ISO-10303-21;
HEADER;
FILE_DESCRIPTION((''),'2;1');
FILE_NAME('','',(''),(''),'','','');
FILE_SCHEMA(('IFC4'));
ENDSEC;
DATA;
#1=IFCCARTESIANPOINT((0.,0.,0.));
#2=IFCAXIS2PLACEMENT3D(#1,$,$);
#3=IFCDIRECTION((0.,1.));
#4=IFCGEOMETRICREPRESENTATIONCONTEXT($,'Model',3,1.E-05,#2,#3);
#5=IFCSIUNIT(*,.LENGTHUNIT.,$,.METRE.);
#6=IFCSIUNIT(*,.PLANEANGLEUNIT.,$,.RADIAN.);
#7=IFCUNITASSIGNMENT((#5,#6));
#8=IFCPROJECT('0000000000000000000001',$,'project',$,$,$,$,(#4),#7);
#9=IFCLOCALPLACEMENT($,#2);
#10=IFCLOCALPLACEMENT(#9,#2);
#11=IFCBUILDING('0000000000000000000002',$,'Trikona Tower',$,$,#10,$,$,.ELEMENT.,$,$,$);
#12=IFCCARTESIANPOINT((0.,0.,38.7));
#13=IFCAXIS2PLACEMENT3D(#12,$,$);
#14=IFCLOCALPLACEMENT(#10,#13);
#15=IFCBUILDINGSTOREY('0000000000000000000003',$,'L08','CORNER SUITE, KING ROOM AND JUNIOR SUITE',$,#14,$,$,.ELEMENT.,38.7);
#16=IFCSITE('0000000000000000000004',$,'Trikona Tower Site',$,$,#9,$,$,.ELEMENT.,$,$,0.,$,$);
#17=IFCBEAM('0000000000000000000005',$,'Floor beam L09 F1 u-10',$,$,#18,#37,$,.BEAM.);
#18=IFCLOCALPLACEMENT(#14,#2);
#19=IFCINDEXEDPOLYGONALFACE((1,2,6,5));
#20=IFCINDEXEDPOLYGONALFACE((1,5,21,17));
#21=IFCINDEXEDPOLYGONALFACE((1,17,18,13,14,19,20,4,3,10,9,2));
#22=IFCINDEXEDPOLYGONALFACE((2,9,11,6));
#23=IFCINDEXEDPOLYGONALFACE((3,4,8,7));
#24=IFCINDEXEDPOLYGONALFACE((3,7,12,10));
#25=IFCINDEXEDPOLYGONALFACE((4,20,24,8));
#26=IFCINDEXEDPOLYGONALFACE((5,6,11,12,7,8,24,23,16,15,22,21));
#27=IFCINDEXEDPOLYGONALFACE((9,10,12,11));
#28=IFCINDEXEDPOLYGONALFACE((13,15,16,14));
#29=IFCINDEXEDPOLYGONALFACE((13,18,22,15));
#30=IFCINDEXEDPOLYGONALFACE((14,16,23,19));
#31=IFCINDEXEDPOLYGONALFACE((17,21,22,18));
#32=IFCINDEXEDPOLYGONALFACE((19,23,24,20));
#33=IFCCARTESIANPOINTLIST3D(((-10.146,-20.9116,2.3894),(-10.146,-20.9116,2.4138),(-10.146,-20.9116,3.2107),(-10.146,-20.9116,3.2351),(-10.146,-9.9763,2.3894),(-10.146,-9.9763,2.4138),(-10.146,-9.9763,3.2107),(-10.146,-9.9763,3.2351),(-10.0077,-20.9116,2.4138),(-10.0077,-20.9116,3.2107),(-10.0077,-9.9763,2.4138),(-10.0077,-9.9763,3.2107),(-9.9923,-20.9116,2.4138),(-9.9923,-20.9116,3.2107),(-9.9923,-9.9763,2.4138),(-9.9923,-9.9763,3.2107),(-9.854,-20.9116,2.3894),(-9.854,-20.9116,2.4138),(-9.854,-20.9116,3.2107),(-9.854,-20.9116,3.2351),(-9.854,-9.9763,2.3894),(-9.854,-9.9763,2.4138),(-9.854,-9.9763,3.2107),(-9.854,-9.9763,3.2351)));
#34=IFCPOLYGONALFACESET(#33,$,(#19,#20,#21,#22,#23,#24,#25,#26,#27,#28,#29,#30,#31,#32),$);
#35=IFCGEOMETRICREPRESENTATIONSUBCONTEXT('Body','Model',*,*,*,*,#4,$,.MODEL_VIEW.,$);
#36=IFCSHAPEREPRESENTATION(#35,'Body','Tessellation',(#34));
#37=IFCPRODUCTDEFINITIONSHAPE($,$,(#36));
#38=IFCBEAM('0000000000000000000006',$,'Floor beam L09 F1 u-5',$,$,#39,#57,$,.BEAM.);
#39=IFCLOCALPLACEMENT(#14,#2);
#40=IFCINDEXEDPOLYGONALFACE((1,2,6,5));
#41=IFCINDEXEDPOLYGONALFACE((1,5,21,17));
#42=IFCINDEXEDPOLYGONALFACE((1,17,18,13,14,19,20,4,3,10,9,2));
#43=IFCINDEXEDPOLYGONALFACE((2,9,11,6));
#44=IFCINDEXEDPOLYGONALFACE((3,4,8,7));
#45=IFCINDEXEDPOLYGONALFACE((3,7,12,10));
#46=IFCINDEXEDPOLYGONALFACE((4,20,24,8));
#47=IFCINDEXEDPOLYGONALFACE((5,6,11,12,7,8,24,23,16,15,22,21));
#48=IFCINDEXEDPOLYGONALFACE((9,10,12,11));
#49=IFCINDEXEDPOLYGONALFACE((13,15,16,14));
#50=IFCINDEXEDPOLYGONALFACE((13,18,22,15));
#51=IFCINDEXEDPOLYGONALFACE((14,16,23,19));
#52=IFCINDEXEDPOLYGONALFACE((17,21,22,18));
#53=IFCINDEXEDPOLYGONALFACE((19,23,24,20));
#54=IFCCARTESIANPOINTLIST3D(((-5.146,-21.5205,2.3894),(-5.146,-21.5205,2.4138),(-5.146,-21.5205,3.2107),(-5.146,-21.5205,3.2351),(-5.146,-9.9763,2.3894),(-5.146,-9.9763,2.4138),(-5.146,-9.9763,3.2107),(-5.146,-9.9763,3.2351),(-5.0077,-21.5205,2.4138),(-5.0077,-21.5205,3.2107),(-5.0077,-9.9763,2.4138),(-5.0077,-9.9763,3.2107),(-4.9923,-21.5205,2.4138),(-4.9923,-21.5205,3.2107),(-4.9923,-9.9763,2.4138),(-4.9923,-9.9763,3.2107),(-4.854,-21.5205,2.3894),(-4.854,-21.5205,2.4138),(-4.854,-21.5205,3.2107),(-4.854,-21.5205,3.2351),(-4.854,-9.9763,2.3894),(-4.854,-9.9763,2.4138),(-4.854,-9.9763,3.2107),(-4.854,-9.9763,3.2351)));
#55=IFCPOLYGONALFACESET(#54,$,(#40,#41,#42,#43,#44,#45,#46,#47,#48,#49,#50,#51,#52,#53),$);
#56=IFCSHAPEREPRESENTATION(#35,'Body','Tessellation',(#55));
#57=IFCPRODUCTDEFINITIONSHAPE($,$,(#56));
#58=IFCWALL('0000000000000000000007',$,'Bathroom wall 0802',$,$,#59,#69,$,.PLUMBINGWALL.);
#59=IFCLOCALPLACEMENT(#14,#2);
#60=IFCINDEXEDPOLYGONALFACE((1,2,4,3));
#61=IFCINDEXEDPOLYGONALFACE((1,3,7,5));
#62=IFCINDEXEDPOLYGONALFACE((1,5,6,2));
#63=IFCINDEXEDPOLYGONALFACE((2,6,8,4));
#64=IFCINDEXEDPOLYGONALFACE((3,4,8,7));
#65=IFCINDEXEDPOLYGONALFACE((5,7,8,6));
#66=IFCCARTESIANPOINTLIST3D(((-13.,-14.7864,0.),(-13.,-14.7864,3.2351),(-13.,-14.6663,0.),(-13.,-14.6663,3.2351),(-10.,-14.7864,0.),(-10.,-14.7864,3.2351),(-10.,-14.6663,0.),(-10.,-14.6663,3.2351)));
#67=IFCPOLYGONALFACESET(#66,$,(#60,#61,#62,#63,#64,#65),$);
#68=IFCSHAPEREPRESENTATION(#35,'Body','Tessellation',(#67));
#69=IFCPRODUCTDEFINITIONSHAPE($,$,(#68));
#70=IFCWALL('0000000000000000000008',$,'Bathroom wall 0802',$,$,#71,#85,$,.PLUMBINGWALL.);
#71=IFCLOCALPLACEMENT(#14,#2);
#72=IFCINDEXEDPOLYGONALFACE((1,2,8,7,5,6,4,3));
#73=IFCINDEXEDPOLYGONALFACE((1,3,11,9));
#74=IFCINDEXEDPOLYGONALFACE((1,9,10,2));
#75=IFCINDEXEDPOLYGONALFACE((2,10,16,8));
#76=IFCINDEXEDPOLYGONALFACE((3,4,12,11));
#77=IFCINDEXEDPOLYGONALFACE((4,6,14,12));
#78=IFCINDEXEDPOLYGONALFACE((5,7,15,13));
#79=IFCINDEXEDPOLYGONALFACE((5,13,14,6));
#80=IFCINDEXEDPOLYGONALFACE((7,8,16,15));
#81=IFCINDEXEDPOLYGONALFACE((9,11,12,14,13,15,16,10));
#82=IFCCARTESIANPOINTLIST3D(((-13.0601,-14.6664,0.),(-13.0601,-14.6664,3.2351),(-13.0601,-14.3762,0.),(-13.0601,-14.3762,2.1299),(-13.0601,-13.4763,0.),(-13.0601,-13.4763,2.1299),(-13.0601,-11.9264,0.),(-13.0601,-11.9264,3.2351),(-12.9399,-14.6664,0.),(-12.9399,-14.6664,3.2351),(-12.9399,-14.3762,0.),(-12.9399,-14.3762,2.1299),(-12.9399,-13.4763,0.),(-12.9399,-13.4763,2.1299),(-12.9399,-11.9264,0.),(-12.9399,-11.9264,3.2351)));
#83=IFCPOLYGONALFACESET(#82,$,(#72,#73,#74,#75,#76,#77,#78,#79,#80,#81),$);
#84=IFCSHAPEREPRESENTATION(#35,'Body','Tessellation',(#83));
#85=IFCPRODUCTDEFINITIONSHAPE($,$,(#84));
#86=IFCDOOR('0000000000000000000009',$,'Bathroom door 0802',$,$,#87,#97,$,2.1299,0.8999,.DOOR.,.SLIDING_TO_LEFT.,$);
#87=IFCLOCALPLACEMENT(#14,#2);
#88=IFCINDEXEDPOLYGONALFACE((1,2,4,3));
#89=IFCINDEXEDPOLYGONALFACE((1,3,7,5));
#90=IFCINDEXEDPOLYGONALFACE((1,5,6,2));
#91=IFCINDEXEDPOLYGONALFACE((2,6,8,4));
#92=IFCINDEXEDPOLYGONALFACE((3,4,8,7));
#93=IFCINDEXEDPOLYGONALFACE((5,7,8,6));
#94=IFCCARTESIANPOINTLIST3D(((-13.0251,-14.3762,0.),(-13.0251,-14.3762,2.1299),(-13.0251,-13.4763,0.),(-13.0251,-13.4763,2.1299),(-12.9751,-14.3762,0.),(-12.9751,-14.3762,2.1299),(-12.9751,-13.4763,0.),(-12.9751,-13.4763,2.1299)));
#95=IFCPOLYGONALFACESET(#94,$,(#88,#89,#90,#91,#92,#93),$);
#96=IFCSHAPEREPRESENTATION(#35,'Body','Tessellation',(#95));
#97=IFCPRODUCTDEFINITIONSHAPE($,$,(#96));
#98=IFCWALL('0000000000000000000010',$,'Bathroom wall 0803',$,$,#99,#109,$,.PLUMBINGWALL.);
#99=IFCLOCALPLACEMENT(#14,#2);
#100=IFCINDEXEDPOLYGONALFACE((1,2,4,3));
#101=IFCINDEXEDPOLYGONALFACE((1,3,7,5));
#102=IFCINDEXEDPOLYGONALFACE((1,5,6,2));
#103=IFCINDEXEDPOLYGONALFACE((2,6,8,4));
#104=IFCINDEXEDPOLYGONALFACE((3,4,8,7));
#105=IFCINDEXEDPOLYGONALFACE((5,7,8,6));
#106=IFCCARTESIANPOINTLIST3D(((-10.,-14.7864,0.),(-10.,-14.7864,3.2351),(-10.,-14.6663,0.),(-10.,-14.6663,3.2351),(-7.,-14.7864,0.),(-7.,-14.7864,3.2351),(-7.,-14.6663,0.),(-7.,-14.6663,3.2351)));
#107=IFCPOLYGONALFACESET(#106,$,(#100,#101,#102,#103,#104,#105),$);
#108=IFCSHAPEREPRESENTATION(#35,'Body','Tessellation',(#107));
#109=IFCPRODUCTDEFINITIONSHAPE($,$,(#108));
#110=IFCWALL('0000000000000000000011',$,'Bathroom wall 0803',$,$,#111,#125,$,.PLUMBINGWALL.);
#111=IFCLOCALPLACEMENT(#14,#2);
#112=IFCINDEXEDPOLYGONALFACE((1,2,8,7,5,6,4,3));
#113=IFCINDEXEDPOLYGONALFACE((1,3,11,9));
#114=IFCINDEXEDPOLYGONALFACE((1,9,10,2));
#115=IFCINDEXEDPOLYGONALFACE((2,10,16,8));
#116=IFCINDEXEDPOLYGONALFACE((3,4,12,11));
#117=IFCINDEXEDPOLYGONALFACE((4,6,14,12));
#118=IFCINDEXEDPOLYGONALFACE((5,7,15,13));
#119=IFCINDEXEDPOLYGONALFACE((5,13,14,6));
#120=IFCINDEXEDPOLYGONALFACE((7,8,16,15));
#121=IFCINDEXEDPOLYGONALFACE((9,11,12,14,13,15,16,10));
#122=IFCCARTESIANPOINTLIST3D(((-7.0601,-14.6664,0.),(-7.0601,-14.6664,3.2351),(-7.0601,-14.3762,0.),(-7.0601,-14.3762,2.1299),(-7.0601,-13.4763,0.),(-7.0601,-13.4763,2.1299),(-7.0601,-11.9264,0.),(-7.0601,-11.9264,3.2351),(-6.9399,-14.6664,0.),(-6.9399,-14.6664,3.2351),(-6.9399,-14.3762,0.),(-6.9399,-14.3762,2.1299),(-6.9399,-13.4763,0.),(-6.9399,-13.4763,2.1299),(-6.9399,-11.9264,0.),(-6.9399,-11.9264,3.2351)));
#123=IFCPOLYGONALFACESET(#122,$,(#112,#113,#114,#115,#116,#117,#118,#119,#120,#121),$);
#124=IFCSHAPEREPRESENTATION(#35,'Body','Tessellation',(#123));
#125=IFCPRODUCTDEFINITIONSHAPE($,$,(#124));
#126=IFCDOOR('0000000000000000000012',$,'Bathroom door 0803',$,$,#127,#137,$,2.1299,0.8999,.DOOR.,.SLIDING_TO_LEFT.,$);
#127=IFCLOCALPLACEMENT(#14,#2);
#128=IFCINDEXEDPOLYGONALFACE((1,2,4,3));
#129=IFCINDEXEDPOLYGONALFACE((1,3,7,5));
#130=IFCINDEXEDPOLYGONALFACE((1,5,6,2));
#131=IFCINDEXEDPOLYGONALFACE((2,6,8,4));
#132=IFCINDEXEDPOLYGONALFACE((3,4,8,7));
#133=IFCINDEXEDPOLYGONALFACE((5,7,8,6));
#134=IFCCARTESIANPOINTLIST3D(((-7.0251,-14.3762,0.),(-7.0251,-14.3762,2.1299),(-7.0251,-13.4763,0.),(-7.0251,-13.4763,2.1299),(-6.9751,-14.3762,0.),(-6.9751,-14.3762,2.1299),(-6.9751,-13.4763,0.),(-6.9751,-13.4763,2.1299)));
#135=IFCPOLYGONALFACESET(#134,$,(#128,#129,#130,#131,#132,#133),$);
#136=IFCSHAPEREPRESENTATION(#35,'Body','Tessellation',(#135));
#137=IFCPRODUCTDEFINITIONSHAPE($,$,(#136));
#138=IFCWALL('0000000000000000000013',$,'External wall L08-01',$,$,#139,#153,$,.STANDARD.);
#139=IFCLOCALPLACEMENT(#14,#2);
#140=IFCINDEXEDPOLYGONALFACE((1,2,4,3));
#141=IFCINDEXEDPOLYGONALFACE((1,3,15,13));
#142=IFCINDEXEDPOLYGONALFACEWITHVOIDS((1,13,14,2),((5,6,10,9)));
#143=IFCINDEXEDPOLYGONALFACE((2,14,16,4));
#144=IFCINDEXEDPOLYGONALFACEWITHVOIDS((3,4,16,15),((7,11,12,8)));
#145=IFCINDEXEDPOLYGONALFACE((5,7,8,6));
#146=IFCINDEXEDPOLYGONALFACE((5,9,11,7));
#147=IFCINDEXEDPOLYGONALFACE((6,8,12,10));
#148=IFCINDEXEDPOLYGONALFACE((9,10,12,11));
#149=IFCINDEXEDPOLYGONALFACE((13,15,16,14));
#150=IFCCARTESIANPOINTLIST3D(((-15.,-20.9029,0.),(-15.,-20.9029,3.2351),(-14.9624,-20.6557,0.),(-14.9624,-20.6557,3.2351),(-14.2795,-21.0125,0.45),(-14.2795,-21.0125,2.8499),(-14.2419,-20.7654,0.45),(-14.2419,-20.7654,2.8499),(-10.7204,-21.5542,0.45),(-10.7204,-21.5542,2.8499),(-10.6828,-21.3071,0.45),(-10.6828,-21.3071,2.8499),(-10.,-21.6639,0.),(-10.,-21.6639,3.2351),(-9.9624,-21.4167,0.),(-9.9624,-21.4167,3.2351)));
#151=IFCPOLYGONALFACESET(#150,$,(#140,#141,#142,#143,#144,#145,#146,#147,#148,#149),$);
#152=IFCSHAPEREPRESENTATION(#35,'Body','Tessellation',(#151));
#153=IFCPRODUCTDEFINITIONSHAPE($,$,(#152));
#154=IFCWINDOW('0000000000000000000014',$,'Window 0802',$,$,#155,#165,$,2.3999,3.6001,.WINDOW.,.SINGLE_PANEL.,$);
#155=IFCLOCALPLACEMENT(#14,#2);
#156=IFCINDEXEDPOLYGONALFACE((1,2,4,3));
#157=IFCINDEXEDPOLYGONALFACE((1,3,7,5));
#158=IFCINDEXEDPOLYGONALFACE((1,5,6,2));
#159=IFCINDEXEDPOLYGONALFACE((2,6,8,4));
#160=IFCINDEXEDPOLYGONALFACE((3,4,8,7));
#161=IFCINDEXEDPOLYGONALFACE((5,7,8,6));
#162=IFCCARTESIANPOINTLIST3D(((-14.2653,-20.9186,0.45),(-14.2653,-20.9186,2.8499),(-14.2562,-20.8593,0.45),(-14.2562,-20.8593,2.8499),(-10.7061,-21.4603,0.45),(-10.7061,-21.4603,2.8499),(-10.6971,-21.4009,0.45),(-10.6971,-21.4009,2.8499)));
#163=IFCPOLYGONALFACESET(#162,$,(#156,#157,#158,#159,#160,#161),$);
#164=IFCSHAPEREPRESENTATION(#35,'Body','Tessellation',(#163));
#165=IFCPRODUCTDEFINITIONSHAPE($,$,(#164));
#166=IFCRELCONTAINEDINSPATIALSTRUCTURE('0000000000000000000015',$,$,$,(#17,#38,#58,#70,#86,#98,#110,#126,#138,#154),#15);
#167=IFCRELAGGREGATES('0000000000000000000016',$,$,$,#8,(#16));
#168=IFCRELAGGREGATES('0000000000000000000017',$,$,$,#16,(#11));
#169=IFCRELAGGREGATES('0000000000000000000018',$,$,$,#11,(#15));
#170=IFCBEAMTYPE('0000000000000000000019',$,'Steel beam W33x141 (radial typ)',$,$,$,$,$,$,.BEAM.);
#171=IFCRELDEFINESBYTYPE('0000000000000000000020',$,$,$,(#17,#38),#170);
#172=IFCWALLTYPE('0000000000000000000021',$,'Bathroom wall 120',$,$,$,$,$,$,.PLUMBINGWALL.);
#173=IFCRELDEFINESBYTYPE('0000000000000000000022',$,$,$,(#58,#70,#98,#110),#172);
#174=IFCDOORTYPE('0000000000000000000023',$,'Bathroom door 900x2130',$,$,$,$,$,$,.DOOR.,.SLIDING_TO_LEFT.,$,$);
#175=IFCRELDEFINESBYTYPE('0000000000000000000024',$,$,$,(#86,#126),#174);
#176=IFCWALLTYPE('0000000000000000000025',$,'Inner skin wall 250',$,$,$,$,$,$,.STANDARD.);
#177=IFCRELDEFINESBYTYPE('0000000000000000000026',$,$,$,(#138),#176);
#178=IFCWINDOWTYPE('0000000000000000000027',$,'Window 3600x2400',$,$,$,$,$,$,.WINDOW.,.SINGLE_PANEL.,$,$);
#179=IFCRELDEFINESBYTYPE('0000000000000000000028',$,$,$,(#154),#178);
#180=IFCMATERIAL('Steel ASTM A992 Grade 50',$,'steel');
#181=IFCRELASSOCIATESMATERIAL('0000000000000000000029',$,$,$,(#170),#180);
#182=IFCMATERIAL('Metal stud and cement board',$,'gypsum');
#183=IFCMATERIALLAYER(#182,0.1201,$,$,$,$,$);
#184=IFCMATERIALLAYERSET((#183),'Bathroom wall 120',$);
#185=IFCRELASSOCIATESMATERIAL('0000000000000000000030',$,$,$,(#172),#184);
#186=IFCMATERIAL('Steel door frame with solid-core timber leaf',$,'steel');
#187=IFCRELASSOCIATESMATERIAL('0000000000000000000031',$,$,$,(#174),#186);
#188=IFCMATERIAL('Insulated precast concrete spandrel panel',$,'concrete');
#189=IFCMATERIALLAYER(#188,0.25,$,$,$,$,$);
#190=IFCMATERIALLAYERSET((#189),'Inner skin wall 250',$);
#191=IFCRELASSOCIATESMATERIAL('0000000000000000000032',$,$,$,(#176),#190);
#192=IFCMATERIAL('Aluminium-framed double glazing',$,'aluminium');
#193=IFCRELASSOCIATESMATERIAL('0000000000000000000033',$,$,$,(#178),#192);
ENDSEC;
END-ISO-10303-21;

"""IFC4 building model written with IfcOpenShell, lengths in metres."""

from ifc_helpers import new_model, si_unit, direction, frame, frame_2d, origin, origin_2d, place, context, subcontext, project, spatial, rectangle, i_section, extrude, material, layer, layer_set, material_profile, profile_set, type_object, element, fill, save


model = new_model("IFC4")

# Units and contexts
model_context = context("Model", 3, precision=1e-05, world=origin(), true_north=direction((0.0, 1.0)))
body_context = subcontext(model_context, "Body", "Model", "MODEL_VIEW")
ifc_project = project(units=[si_unit("LENGTHUNIT", "METRE"), si_unit("PLANEANGLEUNIT", "RADIAN")], contexts=[model_context])

# Site, building, storey
site_placement = place(None, origin())
site = spatial("IfcSite", under=ifc_project, at=site_placement, Name="Trikona Tower Site", CompositionType="ELEMENT", RefElevation=0.0)
building_placement = place(site_placement, origin())
building = spatial("IfcBuilding", under=site, at=building_placement, Name="Trikona Tower", CompositionType="ELEMENT")
storey_placement = place(building_placement, frame((0.0, 0.0, 38.7)))
storey = spatial("IfcBuildingStorey", under=building, at=storey_placement, Name="L08", Description="CORNER SUITE, KING ROOM AND JUNIOR SUITE", CompositionType="ELEMENT", Elevation=38.7)

# Beams
ifc_material_1 = material(Name="Steel ASTM A992 Grade 50", Category="steel")
ifc_material_profile = material_profile(ifc_material_1, i_section(OverallWidth=0.292, OverallDepth=0.8457, WebThickness=0.0154, FlangeThickness=0.0244, at=origin_2d()), Name="W33X141")
ifc_profile_set = profile_set([ifc_material_profile], Name="Steel ASTM A992 Grade 50")
beam_type = type_object("IfcBeamType", Name="Steel beam W33x141 (radial typ)", PredefinedType="BEAM", material=ifc_profile_set)
beam_1_placement = place(storey_placement, frame((-10.0, -9.9763, 2.8123), z_axis=(0.0, -1.0, 0.0), x_axis=(1.0, 0.0, 0.0)))
element("IfcBeam", 1, at=beam_1_placement, inside=storey, type_object=beam_type, Name="Floor beam L09 F1 u-10", PredefinedType="BEAM", context=body_context, shape_type="SweptSolid", body=[
    extrude(i_section(OverallWidth=0.292, OverallDepth=0.8457, WebThickness=0.0154, FlangeThickness=0.0244, at=origin_2d()), origin(), (0.0, 0.0, 1.0), 10.9353),
])
beam_2_placement = place(storey_placement, frame((-5.0, -9.9763, 2.8123), z_axis=(0.0, -1.0, 0.0), x_axis=(1.0, 0.0, 0.0)))
element("IfcBeam", 2, at=beam_2_placement, inside=storey, type_object=beam_type, Name="Floor beam L09 F1 u-5", PredefinedType="BEAM", context=body_context, shape_type="SweptSolid", body=[
    extrude(i_section(OverallWidth=0.292, OverallDepth=0.8457, WebThickness=0.0154, FlangeThickness=0.0244, at=origin_2d()), origin(), (0.0, 0.0, 1.0), 11.5442),
])

# Wall
ifc_material_2 = material(Name="Metal stud and cement board", Category="gypsum")
ifc_layer_1 = layer(ifc_material_2, 0.1201)
ifc_layer_set_1 = layer_set([ifc_layer_1], Name="Bathroom wall 120")
wall_type_1 = type_object("IfcWallType", Name="Bathroom wall 120", PredefinedType="PLUMBINGWALL", material=ifc_layer_set_1)
wall_1_placement = place(storey_placement, frame((-13.0, -14.7263, 0.0), z_axis=(0.0, 0.0, 1.0), x_axis=(1.0, 0.0, 0.0)))
element("IfcWall", 3, at=wall_1_placement, inside=storey, type_object=wall_type_1, Name="Bathroom wall 0802", PredefinedType="PLUMBINGWALL", context=body_context, shape_type="SweptSolid", body=[
    extrude(rectangle(XDim=3.0, YDim=0.1201, at=frame_2d((1.5, 0.0))), origin(), (0.0, 0.0, 1.0), 3.2351),
])

# Wall, opening, door
wall_2_placement = place(storey_placement, frame((-13.0, -11.9263, 0.0), z_axis=(0.0, 0.0, 1.0), x_axis=(0.0, -1.0, 0.0)))
wall_2 = element("IfcWall", 4, at=wall_2_placement, inside=storey, type_object=wall_type_1, Name="Bathroom wall 0802", PredefinedType="PLUMBINGWALL", context=body_context, shape_type="SweptSolid", body=[
    extrude(rectangle(XDim=2.74, YDim=0.1201, at=frame_2d((1.3701, 0.0))), origin(), (0.0, 0.0, 1.0), 3.2351),
])
opening_1_placement = place(wall_2_placement, frame((1.55, 0.0, 0.0)))
opening_1 = element("IfcOpeningElement", 5, at=opening_1_placement, cuts=wall_2, PredefinedType="OPENING", context=body_context, shape_type="SweptSolid", body=[
    extrude(rectangle(XDim=0.8999, YDim=2.1299, at=frame_2d((0.45, 1.0649))), frame((0.0, 0.0701, 0.0), z_axis=(0.0, -1.0, 0.0), x_axis=(1.0, 0.0, 0.0)), (0.0, 0.0, 1.0), 0.1401),
])
ifc_material_3 = material(Name="Steel door frame with solid-core timber leaf", Category="steel")
door_type = type_object("IfcDoorType", Name="Bathroom door 900x2130", OperationType="SLIDING_TO_LEFT", PredefinedType="DOOR", material=ifc_material_3)
door_1_placement = place(opening_1_placement, origin())
door_1 = element("IfcDoor", 6, at=door_1_placement, inside=storey, type_object=door_type, Name="Bathroom door 0802", OperationType="SLIDING_TO_LEFT", OverallHeight=2.1299, OverallWidth=0.8999, PredefinedType="DOOR", context=body_context, shape_type="SweptSolid", body=[
    extrude(rectangle(XDim=0.8999, YDim=2.1299, at=frame_2d((0.45, 1.0649))), frame((0.0, 0.0249, 0.0), z_axis=(0.0, -1.0, 0.0), x_axis=(1.0, 0.0, 0.0)), (0.0, 0.0, 1.0), 0.05),
])
fill(opening_1, door_1)

# Wall
wall_3_placement = place(storey_placement, frame((-10.0, -14.7263, 0.0), z_axis=(0.0, 0.0, 1.0), x_axis=(1.0, 0.0, 0.0)))
element("IfcWall", 7, at=wall_3_placement, inside=storey, type_object=wall_type_1, Name="Bathroom wall 0803", PredefinedType="PLUMBINGWALL", context=body_context, shape_type="SweptSolid", body=[
    extrude(rectangle(XDim=3.0, YDim=0.1201, at=frame_2d((1.5, 0.0))), origin(), (0.0, 0.0, 1.0), 3.2351),
])

# Wall, opening, door
wall_4_placement = place(storey_placement, frame((-7.0, -11.9263, 0.0), z_axis=(0.0, 0.0, 1.0), x_axis=(0.0, -1.0, 0.0)))
wall_4 = element("IfcWall", 8, at=wall_4_placement, inside=storey, type_object=wall_type_1, Name="Bathroom wall 0803", PredefinedType="PLUMBINGWALL", context=body_context, shape_type="SweptSolid", body=[
    extrude(rectangle(XDim=2.74, YDim=0.1201, at=frame_2d((1.3701, 0.0))), origin(), (0.0, 0.0, 1.0), 3.2351),
])
opening_2_placement = place(wall_4_placement, frame((1.55, 0.0, 0.0)))
opening_2 = element("IfcOpeningElement", 9, at=opening_2_placement, cuts=wall_4, PredefinedType="OPENING", context=body_context, shape_type="SweptSolid", body=[
    extrude(rectangle(XDim=0.8999, YDim=2.1299, at=frame_2d((0.45, 1.0649))), frame((0.0, 0.0701, 0.0), z_axis=(0.0, -1.0, 0.0), x_axis=(1.0, 0.0, 0.0)), (0.0, 0.0, 1.0), 0.1401),
])
door_2_placement = place(opening_2_placement, origin())
door_2 = element("IfcDoor", 10, at=door_2_placement, inside=storey, type_object=door_type, Name="Bathroom door 0803", OperationType="SLIDING_TO_LEFT", OverallHeight=2.1299, OverallWidth=0.8999, PredefinedType="DOOR", context=body_context, shape_type="SweptSolid", body=[
    extrude(rectangle(XDim=0.8999, YDim=2.1299, at=frame_2d((0.45, 1.0649))), frame((0.0, 0.0249, 0.0), z_axis=(0.0, -1.0, 0.0), x_axis=(1.0, 0.0, 0.0)), (0.0, 0.0, 1.0), 0.05),
])
fill(opening_2, door_2)

# Wall, opening, window
ifc_material_4 = material(Name="Insulated precast concrete spandrel panel", Category="concrete")
ifc_layer_2 = layer(ifc_material_4, 0.25)
ifc_layer_set_2 = layer_set([ifc_layer_2], Name="Inner skin wall 250")
wall_type_2 = type_object("IfcWallType", Name="Inner skin wall 250", PredefinedType="STANDARD", material=ifc_layer_set_2)
wall_5_placement = place(storey_placement, frame((-14.9812, -20.7793, 0.0), z_axis=(0.0, 0.0, 1.0), x_axis=(0.988615, -0.150465, 0.0)))
wall_5 = element("IfcWall", 11, at=wall_5_placement, inside=storey, type_object=wall_type_2, Name="External wall L08-01", PredefinedType="STANDARD", context=body_context, shape_type="SweptSolid", body=[
    extrude(rectangle(XDim=5.0576, YDim=0.25, at=frame_2d((2.5288, 0.0))), origin(), (0.0, 0.0, 1.0), 3.2351),
])
opening_3_placement = place(wall_5_placement, frame((0.7288, 0.0, 0.45)))
opening_3 = element("IfcOpeningElement", 12, at=opening_3_placement, cuts=wall_5, PredefinedType="OPENING", context=body_context, shape_type="SweptSolid", body=[
    extrude(rectangle(XDim=3.6001, YDim=2.3999, at=frame_2d((1.8, 1.2))), frame((0.0, 0.135, 0.0), z_axis=(0.0, -1.0, 0.0), x_axis=(1.0, 0.0, 0.0)), (0.0, 0.0, 1.0), 0.27),
])
ifc_material_5 = material(Name="Aluminium-framed double glazing", Category="aluminium")
window_type = type_object("IfcWindowType", Name="Window 3600x2400", PartitioningType="SINGLE_PANEL", PredefinedType="WINDOW", material=ifc_material_5)
window_placement = place(opening_3_placement, origin())
window = element("IfcWindow", 13, at=window_placement, inside=storey, type_object=window_type, Name="Window 0802", OverallHeight=2.3999, OverallWidth=3.6001, PartitioningType="SINGLE_PANEL", PredefinedType="WINDOW", context=body_context, shape_type="SweptSolid", body=[
    extrude(rectangle(XDim=3.6001, YDim=2.3999, at=frame_2d((1.8, 1.2))), frame((0.0, 0.03, 0.0), z_axis=(0.0, -1.0, 0.0), x_axis=(1.0, 0.0, 0.0)), (0.0, 0.0, 1.0), 0.0601),
])
fill(opening_3, window)

save(model, "model.ifc")
